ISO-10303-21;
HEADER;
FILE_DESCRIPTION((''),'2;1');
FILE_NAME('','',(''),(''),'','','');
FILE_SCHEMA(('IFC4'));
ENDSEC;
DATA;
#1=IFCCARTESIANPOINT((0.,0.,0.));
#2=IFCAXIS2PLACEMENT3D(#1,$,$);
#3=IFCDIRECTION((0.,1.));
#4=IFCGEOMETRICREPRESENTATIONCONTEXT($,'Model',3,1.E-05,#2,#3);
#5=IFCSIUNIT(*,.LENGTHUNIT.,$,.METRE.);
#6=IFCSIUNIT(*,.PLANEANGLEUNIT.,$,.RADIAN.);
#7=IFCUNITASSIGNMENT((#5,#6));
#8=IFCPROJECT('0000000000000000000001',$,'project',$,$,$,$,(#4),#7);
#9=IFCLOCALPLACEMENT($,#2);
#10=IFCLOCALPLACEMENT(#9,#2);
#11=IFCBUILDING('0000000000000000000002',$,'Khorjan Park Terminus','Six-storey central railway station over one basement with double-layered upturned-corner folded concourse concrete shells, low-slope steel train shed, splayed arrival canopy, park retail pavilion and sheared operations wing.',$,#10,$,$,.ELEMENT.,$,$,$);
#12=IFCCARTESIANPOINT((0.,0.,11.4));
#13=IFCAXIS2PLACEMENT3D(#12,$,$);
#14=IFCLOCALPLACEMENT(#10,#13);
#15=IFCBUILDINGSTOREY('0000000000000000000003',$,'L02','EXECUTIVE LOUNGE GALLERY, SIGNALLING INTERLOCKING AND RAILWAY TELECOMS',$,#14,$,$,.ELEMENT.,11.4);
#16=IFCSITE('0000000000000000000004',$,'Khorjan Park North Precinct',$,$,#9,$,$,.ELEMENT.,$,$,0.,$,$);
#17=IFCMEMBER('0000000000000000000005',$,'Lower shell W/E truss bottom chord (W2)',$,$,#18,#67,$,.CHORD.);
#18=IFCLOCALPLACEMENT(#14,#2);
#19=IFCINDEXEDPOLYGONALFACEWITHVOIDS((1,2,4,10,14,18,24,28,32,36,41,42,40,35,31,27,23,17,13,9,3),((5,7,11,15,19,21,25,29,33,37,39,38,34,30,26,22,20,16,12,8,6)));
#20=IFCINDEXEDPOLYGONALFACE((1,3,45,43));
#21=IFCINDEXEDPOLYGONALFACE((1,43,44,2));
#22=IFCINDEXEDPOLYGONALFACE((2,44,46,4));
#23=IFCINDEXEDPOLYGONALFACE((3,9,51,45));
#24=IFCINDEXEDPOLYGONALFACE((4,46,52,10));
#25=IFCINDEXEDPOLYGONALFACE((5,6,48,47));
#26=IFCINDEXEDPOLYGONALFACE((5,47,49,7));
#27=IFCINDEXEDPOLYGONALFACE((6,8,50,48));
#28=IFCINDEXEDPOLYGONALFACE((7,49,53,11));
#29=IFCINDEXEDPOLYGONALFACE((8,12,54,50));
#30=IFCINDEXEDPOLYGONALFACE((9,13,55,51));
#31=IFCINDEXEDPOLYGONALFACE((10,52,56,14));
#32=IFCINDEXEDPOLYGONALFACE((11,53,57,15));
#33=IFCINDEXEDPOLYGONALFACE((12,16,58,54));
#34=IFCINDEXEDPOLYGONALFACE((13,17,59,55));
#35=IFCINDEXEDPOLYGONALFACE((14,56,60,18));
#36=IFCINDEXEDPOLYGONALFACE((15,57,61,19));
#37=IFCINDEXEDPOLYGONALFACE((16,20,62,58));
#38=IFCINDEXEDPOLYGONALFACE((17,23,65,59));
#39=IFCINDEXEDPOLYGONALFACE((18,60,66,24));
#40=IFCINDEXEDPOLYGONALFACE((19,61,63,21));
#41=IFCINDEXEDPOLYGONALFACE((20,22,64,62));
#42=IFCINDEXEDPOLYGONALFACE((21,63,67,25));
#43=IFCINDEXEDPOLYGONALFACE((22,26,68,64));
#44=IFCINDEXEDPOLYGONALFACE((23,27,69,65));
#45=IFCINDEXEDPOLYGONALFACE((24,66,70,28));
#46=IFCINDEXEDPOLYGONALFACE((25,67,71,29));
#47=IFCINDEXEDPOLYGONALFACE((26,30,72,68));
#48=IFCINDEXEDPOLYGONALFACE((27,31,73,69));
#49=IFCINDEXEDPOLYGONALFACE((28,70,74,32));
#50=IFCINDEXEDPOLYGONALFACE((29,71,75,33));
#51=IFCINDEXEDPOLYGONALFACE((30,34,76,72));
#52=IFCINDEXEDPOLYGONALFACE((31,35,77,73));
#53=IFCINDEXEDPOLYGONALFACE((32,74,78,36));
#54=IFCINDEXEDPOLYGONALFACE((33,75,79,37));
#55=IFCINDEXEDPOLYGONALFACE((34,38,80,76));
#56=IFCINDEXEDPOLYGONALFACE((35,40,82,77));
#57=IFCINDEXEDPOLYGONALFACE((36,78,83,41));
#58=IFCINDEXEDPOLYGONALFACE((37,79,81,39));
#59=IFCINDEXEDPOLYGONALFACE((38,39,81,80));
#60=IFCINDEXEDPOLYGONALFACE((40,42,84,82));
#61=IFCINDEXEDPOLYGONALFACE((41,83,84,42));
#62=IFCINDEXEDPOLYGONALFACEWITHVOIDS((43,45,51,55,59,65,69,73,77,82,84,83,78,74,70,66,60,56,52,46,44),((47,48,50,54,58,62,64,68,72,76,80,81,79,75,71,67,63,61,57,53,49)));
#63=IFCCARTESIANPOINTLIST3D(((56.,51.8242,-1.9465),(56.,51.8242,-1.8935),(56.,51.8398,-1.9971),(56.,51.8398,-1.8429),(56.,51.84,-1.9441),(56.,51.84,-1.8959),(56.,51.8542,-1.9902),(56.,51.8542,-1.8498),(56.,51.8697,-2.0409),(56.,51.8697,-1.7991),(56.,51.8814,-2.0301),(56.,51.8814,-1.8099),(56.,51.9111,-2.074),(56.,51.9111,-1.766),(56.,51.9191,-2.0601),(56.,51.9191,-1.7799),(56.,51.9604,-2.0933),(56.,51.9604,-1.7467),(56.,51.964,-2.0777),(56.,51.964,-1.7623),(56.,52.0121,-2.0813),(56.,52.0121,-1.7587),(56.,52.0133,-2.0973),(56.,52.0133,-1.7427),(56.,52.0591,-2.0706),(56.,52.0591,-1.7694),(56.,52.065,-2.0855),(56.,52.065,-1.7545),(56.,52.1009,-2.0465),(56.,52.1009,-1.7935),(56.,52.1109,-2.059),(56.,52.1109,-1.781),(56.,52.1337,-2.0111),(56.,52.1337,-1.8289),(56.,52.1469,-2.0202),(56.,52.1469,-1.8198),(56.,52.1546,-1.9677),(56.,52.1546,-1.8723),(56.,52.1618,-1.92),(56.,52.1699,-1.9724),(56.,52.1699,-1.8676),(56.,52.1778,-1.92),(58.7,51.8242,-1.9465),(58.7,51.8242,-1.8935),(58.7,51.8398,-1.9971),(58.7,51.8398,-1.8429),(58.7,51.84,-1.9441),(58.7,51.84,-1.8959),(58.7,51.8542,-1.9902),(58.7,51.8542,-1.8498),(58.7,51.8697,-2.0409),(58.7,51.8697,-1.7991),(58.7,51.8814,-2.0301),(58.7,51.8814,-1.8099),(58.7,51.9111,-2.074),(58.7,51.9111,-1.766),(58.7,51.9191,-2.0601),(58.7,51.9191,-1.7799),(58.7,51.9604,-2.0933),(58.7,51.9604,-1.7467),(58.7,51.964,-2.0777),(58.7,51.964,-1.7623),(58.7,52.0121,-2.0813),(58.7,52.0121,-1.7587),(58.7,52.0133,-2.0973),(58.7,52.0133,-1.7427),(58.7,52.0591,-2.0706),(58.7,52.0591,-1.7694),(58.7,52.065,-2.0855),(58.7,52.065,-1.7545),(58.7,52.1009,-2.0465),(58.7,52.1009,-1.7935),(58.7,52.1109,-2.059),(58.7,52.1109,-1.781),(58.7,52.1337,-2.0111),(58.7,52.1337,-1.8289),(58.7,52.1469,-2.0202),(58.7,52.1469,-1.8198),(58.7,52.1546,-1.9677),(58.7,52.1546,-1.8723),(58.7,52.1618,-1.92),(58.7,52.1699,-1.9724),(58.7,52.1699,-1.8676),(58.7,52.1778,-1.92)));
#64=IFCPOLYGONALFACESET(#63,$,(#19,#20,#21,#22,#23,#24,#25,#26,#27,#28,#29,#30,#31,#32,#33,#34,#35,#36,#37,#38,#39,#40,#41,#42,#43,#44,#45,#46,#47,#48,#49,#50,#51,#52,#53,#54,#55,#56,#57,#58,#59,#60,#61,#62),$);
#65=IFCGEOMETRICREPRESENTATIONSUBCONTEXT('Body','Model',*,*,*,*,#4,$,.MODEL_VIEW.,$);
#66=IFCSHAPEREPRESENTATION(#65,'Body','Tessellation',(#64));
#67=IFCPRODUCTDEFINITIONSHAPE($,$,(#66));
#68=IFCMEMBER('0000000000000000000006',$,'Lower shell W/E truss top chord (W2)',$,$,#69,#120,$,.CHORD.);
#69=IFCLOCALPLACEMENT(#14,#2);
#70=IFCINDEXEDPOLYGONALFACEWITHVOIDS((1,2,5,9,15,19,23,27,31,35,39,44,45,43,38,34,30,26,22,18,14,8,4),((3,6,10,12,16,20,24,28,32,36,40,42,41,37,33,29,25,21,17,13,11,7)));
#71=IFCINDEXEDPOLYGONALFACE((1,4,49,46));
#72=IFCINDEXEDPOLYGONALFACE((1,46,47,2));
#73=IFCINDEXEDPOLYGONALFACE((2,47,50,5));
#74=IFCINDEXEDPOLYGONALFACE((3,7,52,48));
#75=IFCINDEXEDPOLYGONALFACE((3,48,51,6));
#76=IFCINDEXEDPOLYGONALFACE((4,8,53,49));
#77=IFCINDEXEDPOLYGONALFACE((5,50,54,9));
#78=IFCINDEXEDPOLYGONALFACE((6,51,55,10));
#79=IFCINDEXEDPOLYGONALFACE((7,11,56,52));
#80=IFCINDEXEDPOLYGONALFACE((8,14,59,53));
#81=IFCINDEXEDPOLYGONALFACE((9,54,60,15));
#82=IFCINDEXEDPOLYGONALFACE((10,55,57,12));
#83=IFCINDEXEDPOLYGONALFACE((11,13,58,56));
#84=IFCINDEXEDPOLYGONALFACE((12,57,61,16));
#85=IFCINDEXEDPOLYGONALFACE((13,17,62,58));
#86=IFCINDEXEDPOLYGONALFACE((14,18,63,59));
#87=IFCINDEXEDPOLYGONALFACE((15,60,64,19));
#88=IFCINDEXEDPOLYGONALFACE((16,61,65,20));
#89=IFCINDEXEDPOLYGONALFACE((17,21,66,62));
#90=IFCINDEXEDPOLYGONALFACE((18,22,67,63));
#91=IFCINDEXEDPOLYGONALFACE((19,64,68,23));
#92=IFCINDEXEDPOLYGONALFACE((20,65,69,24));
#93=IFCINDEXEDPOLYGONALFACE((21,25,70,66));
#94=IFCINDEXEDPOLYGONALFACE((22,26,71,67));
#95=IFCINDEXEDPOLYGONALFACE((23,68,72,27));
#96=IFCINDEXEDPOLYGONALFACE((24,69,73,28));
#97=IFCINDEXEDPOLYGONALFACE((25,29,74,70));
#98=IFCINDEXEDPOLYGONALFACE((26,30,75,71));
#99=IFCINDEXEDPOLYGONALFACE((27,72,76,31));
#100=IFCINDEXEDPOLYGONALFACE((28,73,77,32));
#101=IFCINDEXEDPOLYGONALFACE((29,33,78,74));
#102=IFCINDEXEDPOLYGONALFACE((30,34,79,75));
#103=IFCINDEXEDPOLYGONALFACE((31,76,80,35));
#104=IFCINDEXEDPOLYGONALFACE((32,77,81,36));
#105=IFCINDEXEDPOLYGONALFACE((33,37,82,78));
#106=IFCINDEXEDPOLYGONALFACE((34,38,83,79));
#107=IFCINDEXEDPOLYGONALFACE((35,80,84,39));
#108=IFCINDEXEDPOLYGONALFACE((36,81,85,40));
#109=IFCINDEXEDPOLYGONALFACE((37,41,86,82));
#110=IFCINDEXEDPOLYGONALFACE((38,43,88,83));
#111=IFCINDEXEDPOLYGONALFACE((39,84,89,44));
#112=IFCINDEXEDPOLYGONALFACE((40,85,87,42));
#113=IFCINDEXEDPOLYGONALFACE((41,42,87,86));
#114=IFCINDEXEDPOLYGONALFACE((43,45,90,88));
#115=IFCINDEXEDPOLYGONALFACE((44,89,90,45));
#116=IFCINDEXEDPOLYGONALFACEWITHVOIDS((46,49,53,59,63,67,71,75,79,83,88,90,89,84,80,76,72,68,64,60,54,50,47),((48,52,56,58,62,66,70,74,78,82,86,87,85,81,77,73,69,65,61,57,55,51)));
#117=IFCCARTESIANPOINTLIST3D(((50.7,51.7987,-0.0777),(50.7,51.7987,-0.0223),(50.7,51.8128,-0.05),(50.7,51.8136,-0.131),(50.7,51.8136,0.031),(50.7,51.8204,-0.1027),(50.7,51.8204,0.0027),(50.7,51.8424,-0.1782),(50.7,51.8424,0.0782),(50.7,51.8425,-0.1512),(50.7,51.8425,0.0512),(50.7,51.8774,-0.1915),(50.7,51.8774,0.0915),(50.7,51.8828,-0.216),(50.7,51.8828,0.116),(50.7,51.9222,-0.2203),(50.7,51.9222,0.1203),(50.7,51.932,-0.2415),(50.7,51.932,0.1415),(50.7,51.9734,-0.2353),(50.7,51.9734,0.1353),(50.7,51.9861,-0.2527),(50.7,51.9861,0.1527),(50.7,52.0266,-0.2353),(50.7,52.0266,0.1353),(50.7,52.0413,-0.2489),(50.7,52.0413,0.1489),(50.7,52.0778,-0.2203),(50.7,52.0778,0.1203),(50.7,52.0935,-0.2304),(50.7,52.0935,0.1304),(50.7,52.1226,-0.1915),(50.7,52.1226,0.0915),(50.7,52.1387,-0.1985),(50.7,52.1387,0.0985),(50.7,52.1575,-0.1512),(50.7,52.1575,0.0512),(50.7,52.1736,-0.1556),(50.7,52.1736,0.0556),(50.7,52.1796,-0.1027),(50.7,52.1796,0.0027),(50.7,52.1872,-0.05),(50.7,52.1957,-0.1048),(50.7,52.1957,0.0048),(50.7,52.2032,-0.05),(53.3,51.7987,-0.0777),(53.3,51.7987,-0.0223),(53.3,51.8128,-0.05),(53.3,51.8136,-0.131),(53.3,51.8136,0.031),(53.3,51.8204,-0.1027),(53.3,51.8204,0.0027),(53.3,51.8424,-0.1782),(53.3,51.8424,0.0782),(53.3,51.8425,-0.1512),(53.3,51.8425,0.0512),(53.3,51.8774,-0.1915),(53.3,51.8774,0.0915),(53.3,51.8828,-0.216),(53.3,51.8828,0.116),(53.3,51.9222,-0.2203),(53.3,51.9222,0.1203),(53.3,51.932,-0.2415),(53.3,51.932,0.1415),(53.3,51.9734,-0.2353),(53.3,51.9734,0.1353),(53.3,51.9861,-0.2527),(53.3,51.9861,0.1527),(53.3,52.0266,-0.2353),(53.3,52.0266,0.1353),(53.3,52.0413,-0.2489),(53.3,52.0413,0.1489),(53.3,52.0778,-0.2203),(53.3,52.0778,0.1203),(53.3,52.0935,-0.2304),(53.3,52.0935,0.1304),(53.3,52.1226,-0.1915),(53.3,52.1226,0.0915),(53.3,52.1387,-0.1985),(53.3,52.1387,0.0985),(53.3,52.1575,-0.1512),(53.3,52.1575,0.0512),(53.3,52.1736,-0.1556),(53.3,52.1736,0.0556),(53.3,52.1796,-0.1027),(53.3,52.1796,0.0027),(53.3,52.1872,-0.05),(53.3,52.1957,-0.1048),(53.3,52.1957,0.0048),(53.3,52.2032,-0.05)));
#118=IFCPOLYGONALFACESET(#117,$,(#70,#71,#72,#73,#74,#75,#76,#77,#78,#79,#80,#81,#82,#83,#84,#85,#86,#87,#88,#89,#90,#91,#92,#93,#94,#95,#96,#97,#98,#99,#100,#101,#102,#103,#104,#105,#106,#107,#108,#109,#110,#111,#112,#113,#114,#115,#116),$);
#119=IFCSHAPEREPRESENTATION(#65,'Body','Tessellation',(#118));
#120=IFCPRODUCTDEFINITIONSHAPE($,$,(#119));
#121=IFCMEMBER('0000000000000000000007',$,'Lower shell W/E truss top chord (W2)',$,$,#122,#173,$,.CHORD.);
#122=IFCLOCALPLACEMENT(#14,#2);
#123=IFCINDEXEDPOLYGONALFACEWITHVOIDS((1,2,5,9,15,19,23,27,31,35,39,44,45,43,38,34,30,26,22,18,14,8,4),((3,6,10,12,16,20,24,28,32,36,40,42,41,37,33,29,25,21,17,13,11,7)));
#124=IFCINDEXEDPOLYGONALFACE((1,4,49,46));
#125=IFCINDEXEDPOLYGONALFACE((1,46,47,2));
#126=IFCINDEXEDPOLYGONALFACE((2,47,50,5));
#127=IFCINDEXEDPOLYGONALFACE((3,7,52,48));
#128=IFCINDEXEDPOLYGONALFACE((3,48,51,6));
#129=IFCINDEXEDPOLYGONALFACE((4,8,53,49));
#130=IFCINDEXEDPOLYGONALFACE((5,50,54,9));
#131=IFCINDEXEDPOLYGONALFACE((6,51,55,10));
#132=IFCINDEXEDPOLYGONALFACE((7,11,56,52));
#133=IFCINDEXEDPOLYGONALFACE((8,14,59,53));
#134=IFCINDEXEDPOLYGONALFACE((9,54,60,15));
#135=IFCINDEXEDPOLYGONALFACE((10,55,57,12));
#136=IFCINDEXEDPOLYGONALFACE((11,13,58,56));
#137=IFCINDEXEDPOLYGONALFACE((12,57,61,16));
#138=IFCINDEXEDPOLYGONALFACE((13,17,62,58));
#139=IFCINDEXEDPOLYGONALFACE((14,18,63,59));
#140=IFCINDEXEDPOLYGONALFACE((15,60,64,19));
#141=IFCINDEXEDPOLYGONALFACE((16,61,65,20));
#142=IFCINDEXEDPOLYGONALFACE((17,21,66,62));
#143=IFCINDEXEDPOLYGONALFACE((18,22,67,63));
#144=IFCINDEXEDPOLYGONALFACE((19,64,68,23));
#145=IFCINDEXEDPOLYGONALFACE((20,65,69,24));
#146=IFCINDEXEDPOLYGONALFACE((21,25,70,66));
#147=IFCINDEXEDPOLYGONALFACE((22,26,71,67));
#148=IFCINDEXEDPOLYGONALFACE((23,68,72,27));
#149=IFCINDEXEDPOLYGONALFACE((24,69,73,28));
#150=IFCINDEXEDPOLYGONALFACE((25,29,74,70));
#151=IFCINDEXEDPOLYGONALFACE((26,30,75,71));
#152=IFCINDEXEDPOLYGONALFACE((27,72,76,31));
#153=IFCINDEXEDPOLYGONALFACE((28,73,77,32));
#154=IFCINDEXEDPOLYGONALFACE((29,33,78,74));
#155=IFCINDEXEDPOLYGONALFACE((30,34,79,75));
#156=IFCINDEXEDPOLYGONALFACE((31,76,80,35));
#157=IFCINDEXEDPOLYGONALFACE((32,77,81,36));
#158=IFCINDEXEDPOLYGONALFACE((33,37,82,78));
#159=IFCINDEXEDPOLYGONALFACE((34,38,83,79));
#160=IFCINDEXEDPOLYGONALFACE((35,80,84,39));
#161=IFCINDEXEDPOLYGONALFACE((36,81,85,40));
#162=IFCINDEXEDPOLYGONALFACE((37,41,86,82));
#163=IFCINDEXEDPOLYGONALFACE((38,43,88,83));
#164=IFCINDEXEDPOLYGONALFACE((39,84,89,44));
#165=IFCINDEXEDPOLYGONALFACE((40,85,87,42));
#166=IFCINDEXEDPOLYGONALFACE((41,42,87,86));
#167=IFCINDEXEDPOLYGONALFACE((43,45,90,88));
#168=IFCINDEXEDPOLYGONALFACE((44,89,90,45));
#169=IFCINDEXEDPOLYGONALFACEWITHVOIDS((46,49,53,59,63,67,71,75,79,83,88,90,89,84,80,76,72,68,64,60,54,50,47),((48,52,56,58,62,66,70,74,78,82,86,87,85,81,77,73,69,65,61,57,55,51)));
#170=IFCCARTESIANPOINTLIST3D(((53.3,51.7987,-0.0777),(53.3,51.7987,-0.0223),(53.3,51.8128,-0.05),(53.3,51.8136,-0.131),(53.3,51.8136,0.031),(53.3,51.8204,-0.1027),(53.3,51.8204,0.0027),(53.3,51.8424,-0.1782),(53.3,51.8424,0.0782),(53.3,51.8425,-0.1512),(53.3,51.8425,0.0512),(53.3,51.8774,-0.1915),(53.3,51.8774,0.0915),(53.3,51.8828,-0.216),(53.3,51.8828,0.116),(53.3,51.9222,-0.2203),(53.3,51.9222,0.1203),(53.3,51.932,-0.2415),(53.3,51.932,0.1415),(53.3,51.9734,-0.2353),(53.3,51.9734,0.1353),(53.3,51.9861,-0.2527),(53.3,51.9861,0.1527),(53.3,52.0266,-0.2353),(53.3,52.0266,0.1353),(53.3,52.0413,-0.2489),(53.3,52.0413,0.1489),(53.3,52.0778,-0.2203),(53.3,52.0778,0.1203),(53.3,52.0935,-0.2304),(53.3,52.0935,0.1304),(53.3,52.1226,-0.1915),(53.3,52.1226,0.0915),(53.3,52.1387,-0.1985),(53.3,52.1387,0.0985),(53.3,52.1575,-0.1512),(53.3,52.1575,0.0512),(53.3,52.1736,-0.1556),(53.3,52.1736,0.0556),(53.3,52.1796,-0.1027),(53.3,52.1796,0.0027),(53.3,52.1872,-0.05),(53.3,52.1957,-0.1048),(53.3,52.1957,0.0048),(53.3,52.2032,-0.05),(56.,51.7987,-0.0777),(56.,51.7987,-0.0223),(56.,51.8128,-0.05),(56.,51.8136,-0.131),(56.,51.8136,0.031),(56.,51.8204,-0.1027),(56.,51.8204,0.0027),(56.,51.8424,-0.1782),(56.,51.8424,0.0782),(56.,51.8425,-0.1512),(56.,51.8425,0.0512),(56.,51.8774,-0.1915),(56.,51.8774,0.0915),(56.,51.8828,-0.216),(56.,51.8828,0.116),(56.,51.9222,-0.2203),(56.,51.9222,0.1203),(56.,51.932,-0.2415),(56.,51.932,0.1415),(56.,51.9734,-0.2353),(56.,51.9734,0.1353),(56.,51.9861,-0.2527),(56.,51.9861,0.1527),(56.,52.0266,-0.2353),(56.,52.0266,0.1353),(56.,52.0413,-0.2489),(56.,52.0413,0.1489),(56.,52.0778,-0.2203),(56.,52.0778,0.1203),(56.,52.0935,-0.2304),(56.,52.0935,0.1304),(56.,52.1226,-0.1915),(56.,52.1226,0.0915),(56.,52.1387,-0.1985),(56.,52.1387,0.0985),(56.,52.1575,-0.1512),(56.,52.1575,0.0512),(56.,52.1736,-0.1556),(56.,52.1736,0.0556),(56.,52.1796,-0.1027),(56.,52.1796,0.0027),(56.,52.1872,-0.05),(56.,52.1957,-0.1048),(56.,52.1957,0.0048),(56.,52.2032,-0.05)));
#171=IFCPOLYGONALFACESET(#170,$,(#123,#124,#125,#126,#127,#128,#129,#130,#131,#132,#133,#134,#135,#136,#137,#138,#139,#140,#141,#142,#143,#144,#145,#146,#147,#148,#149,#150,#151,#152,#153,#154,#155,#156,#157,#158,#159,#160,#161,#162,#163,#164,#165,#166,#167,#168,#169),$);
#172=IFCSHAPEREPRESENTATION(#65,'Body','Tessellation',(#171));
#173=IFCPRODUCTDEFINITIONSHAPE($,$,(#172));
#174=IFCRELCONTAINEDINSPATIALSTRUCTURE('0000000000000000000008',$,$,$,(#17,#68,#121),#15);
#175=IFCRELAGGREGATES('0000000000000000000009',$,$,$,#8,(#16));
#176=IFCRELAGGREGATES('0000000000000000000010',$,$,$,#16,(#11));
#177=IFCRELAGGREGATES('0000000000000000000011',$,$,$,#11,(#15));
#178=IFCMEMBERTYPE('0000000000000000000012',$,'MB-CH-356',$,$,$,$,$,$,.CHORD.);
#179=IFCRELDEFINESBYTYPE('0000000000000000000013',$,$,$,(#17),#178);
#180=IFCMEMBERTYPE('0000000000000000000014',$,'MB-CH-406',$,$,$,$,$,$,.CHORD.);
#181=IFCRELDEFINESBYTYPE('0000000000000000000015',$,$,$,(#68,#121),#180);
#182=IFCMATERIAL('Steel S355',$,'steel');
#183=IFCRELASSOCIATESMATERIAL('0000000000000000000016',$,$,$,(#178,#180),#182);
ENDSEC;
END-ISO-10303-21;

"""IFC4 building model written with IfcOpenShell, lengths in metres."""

from ifc_helpers import new_model, si_unit, direction, frame, origin, origin_2d, place, context, subcontext, project, spatial, hollow_circle, extrude, material, material_profile, profile_set, type_object, element, save


model = new_model("IFC4")

# Units and contexts
model_context = context("Model", 3, precision=1e-05, world=origin(), true_north=direction((0.0, 1.0)))
body_context = subcontext(model_context, "Body", "Model", "MODEL_VIEW")
ifc_project = project(units=[si_unit("LENGTHUNIT", "METRE"), si_unit("PLANEANGLEUNIT", "RADIAN")], contexts=[model_context])

# Site, building, storey
site_placement = place(None, origin())
site = spatial("IfcSite", under=ifc_project, at=site_placement, Name="Khorjan Park North Precinct", CompositionType="ELEMENT", RefElevation=0.0)
building_placement = place(site_placement, origin())
building = spatial("IfcBuilding", under=site, at=building_placement, Name="Khorjan Park Terminus", Description="Six-storey central railway station over one basement with double-layered upturned-corner folded concourse concrete shells, low-slope steel train shed, splayed arrival canopy, park retail pavilion and sheared operations wing.", CompositionType="ELEMENT")
storey_placement = place(building_placement, frame((0.0, 0.0, 11.4)))
storey = spatial("IfcBuildingStorey", under=building, at=storey_placement, Name="L02", Description="EXECUTIVE LOUNGE GALLERY, SIGNALLING INTERLOCKING AND RAILWAY TELECOMS", CompositionType="ELEMENT", Elevation=11.4)

# Shared definitions
ifc_material_1 = material(Name="Steel S355", Category="steel")

# Members
ifc_material_profile_1 = material_profile(ifc_material_1, hollow_circle(Radius=0.1778, WallThickness=0.016, at=origin_2d()), Name="CHS 355.6x16")
ifc_profile_set_1 = profile_set([ifc_material_profile_1], Name="Steel S355")
member_type_1 = type_object("IfcMemberType", Name="MB-CH-356", PredefinedType="CHORD", material=ifc_profile_set_1)
for number, where, z_axis, x_axis, name in (
    (1, (56.0, 52.0, -1.92), (1.0, 0.0, 0.0), (0.0, 1.0, 0.0), "Lower shell W/E truss bottom chord (W2)"),
):
    element("IfcMember", number, at=place(storey_placement, frame(where, z_axis=z_axis, x_axis=x_axis)), inside=storey, type_object=member_type_1, Name=name, PredefinedType="CHORD", context=body_context, shape_type="SweptSolid", body=[
        extrude(hollow_circle(Radius=0.1778, WallThickness=0.016, at=origin_2d()), origin(), (0.0, 0.0, 1.0), 2.7),
    ])
ifc_material_profile_2 = material_profile(ifc_material_1, hollow_circle(Radius=0.2032, WallThickness=0.016, at=origin_2d()), Name="CHS 406.4x16")
ifc_profile_set_2 = profile_set([ifc_material_profile_2], Name="Steel S355")
member_type_2 = type_object("IfcMemberType", Name="MB-CH-406", PredefinedType="CHORD", material=ifc_profile_set_2)
member_1_placement = place(storey_placement, frame((50.7, 52.0, -0.05), z_axis=(1.0, 0.0, 0.0), x_axis=(0.0, 1.0, 0.0)))
element("IfcMember", 2, at=member_1_placement, inside=storey, type_object=member_type_2, Name="Lower shell W/E truss top chord (W2)", PredefinedType="CHORD", context=body_context, shape_type="SweptSolid", body=[
    extrude(hollow_circle(Radius=0.2032, WallThickness=0.016, at=origin_2d()), origin(), (0.0, 0.0, 1.0), 2.6),
])
for number, where, z_axis, x_axis, name in (
    (3, (53.3, 52.0, -0.05), (1.0, 0.0, 0.0), (0.0, 1.0, 0.0), "Lower shell W/E truss top chord (W2)"),
):
    element("IfcMember", number, at=place(storey_placement, frame(where, z_axis=z_axis, x_axis=x_axis)), inside=storey, type_object=member_type_2, Name=name, PredefinedType="CHORD", context=body_context, shape_type="SweptSolid", body=[
        extrude(hollow_circle(Radius=0.2032, WallThickness=0.016, at=origin_2d()), origin(), (0.0, 0.0, 1.0), 2.7),
    ])

save(model, "model.ifc")
